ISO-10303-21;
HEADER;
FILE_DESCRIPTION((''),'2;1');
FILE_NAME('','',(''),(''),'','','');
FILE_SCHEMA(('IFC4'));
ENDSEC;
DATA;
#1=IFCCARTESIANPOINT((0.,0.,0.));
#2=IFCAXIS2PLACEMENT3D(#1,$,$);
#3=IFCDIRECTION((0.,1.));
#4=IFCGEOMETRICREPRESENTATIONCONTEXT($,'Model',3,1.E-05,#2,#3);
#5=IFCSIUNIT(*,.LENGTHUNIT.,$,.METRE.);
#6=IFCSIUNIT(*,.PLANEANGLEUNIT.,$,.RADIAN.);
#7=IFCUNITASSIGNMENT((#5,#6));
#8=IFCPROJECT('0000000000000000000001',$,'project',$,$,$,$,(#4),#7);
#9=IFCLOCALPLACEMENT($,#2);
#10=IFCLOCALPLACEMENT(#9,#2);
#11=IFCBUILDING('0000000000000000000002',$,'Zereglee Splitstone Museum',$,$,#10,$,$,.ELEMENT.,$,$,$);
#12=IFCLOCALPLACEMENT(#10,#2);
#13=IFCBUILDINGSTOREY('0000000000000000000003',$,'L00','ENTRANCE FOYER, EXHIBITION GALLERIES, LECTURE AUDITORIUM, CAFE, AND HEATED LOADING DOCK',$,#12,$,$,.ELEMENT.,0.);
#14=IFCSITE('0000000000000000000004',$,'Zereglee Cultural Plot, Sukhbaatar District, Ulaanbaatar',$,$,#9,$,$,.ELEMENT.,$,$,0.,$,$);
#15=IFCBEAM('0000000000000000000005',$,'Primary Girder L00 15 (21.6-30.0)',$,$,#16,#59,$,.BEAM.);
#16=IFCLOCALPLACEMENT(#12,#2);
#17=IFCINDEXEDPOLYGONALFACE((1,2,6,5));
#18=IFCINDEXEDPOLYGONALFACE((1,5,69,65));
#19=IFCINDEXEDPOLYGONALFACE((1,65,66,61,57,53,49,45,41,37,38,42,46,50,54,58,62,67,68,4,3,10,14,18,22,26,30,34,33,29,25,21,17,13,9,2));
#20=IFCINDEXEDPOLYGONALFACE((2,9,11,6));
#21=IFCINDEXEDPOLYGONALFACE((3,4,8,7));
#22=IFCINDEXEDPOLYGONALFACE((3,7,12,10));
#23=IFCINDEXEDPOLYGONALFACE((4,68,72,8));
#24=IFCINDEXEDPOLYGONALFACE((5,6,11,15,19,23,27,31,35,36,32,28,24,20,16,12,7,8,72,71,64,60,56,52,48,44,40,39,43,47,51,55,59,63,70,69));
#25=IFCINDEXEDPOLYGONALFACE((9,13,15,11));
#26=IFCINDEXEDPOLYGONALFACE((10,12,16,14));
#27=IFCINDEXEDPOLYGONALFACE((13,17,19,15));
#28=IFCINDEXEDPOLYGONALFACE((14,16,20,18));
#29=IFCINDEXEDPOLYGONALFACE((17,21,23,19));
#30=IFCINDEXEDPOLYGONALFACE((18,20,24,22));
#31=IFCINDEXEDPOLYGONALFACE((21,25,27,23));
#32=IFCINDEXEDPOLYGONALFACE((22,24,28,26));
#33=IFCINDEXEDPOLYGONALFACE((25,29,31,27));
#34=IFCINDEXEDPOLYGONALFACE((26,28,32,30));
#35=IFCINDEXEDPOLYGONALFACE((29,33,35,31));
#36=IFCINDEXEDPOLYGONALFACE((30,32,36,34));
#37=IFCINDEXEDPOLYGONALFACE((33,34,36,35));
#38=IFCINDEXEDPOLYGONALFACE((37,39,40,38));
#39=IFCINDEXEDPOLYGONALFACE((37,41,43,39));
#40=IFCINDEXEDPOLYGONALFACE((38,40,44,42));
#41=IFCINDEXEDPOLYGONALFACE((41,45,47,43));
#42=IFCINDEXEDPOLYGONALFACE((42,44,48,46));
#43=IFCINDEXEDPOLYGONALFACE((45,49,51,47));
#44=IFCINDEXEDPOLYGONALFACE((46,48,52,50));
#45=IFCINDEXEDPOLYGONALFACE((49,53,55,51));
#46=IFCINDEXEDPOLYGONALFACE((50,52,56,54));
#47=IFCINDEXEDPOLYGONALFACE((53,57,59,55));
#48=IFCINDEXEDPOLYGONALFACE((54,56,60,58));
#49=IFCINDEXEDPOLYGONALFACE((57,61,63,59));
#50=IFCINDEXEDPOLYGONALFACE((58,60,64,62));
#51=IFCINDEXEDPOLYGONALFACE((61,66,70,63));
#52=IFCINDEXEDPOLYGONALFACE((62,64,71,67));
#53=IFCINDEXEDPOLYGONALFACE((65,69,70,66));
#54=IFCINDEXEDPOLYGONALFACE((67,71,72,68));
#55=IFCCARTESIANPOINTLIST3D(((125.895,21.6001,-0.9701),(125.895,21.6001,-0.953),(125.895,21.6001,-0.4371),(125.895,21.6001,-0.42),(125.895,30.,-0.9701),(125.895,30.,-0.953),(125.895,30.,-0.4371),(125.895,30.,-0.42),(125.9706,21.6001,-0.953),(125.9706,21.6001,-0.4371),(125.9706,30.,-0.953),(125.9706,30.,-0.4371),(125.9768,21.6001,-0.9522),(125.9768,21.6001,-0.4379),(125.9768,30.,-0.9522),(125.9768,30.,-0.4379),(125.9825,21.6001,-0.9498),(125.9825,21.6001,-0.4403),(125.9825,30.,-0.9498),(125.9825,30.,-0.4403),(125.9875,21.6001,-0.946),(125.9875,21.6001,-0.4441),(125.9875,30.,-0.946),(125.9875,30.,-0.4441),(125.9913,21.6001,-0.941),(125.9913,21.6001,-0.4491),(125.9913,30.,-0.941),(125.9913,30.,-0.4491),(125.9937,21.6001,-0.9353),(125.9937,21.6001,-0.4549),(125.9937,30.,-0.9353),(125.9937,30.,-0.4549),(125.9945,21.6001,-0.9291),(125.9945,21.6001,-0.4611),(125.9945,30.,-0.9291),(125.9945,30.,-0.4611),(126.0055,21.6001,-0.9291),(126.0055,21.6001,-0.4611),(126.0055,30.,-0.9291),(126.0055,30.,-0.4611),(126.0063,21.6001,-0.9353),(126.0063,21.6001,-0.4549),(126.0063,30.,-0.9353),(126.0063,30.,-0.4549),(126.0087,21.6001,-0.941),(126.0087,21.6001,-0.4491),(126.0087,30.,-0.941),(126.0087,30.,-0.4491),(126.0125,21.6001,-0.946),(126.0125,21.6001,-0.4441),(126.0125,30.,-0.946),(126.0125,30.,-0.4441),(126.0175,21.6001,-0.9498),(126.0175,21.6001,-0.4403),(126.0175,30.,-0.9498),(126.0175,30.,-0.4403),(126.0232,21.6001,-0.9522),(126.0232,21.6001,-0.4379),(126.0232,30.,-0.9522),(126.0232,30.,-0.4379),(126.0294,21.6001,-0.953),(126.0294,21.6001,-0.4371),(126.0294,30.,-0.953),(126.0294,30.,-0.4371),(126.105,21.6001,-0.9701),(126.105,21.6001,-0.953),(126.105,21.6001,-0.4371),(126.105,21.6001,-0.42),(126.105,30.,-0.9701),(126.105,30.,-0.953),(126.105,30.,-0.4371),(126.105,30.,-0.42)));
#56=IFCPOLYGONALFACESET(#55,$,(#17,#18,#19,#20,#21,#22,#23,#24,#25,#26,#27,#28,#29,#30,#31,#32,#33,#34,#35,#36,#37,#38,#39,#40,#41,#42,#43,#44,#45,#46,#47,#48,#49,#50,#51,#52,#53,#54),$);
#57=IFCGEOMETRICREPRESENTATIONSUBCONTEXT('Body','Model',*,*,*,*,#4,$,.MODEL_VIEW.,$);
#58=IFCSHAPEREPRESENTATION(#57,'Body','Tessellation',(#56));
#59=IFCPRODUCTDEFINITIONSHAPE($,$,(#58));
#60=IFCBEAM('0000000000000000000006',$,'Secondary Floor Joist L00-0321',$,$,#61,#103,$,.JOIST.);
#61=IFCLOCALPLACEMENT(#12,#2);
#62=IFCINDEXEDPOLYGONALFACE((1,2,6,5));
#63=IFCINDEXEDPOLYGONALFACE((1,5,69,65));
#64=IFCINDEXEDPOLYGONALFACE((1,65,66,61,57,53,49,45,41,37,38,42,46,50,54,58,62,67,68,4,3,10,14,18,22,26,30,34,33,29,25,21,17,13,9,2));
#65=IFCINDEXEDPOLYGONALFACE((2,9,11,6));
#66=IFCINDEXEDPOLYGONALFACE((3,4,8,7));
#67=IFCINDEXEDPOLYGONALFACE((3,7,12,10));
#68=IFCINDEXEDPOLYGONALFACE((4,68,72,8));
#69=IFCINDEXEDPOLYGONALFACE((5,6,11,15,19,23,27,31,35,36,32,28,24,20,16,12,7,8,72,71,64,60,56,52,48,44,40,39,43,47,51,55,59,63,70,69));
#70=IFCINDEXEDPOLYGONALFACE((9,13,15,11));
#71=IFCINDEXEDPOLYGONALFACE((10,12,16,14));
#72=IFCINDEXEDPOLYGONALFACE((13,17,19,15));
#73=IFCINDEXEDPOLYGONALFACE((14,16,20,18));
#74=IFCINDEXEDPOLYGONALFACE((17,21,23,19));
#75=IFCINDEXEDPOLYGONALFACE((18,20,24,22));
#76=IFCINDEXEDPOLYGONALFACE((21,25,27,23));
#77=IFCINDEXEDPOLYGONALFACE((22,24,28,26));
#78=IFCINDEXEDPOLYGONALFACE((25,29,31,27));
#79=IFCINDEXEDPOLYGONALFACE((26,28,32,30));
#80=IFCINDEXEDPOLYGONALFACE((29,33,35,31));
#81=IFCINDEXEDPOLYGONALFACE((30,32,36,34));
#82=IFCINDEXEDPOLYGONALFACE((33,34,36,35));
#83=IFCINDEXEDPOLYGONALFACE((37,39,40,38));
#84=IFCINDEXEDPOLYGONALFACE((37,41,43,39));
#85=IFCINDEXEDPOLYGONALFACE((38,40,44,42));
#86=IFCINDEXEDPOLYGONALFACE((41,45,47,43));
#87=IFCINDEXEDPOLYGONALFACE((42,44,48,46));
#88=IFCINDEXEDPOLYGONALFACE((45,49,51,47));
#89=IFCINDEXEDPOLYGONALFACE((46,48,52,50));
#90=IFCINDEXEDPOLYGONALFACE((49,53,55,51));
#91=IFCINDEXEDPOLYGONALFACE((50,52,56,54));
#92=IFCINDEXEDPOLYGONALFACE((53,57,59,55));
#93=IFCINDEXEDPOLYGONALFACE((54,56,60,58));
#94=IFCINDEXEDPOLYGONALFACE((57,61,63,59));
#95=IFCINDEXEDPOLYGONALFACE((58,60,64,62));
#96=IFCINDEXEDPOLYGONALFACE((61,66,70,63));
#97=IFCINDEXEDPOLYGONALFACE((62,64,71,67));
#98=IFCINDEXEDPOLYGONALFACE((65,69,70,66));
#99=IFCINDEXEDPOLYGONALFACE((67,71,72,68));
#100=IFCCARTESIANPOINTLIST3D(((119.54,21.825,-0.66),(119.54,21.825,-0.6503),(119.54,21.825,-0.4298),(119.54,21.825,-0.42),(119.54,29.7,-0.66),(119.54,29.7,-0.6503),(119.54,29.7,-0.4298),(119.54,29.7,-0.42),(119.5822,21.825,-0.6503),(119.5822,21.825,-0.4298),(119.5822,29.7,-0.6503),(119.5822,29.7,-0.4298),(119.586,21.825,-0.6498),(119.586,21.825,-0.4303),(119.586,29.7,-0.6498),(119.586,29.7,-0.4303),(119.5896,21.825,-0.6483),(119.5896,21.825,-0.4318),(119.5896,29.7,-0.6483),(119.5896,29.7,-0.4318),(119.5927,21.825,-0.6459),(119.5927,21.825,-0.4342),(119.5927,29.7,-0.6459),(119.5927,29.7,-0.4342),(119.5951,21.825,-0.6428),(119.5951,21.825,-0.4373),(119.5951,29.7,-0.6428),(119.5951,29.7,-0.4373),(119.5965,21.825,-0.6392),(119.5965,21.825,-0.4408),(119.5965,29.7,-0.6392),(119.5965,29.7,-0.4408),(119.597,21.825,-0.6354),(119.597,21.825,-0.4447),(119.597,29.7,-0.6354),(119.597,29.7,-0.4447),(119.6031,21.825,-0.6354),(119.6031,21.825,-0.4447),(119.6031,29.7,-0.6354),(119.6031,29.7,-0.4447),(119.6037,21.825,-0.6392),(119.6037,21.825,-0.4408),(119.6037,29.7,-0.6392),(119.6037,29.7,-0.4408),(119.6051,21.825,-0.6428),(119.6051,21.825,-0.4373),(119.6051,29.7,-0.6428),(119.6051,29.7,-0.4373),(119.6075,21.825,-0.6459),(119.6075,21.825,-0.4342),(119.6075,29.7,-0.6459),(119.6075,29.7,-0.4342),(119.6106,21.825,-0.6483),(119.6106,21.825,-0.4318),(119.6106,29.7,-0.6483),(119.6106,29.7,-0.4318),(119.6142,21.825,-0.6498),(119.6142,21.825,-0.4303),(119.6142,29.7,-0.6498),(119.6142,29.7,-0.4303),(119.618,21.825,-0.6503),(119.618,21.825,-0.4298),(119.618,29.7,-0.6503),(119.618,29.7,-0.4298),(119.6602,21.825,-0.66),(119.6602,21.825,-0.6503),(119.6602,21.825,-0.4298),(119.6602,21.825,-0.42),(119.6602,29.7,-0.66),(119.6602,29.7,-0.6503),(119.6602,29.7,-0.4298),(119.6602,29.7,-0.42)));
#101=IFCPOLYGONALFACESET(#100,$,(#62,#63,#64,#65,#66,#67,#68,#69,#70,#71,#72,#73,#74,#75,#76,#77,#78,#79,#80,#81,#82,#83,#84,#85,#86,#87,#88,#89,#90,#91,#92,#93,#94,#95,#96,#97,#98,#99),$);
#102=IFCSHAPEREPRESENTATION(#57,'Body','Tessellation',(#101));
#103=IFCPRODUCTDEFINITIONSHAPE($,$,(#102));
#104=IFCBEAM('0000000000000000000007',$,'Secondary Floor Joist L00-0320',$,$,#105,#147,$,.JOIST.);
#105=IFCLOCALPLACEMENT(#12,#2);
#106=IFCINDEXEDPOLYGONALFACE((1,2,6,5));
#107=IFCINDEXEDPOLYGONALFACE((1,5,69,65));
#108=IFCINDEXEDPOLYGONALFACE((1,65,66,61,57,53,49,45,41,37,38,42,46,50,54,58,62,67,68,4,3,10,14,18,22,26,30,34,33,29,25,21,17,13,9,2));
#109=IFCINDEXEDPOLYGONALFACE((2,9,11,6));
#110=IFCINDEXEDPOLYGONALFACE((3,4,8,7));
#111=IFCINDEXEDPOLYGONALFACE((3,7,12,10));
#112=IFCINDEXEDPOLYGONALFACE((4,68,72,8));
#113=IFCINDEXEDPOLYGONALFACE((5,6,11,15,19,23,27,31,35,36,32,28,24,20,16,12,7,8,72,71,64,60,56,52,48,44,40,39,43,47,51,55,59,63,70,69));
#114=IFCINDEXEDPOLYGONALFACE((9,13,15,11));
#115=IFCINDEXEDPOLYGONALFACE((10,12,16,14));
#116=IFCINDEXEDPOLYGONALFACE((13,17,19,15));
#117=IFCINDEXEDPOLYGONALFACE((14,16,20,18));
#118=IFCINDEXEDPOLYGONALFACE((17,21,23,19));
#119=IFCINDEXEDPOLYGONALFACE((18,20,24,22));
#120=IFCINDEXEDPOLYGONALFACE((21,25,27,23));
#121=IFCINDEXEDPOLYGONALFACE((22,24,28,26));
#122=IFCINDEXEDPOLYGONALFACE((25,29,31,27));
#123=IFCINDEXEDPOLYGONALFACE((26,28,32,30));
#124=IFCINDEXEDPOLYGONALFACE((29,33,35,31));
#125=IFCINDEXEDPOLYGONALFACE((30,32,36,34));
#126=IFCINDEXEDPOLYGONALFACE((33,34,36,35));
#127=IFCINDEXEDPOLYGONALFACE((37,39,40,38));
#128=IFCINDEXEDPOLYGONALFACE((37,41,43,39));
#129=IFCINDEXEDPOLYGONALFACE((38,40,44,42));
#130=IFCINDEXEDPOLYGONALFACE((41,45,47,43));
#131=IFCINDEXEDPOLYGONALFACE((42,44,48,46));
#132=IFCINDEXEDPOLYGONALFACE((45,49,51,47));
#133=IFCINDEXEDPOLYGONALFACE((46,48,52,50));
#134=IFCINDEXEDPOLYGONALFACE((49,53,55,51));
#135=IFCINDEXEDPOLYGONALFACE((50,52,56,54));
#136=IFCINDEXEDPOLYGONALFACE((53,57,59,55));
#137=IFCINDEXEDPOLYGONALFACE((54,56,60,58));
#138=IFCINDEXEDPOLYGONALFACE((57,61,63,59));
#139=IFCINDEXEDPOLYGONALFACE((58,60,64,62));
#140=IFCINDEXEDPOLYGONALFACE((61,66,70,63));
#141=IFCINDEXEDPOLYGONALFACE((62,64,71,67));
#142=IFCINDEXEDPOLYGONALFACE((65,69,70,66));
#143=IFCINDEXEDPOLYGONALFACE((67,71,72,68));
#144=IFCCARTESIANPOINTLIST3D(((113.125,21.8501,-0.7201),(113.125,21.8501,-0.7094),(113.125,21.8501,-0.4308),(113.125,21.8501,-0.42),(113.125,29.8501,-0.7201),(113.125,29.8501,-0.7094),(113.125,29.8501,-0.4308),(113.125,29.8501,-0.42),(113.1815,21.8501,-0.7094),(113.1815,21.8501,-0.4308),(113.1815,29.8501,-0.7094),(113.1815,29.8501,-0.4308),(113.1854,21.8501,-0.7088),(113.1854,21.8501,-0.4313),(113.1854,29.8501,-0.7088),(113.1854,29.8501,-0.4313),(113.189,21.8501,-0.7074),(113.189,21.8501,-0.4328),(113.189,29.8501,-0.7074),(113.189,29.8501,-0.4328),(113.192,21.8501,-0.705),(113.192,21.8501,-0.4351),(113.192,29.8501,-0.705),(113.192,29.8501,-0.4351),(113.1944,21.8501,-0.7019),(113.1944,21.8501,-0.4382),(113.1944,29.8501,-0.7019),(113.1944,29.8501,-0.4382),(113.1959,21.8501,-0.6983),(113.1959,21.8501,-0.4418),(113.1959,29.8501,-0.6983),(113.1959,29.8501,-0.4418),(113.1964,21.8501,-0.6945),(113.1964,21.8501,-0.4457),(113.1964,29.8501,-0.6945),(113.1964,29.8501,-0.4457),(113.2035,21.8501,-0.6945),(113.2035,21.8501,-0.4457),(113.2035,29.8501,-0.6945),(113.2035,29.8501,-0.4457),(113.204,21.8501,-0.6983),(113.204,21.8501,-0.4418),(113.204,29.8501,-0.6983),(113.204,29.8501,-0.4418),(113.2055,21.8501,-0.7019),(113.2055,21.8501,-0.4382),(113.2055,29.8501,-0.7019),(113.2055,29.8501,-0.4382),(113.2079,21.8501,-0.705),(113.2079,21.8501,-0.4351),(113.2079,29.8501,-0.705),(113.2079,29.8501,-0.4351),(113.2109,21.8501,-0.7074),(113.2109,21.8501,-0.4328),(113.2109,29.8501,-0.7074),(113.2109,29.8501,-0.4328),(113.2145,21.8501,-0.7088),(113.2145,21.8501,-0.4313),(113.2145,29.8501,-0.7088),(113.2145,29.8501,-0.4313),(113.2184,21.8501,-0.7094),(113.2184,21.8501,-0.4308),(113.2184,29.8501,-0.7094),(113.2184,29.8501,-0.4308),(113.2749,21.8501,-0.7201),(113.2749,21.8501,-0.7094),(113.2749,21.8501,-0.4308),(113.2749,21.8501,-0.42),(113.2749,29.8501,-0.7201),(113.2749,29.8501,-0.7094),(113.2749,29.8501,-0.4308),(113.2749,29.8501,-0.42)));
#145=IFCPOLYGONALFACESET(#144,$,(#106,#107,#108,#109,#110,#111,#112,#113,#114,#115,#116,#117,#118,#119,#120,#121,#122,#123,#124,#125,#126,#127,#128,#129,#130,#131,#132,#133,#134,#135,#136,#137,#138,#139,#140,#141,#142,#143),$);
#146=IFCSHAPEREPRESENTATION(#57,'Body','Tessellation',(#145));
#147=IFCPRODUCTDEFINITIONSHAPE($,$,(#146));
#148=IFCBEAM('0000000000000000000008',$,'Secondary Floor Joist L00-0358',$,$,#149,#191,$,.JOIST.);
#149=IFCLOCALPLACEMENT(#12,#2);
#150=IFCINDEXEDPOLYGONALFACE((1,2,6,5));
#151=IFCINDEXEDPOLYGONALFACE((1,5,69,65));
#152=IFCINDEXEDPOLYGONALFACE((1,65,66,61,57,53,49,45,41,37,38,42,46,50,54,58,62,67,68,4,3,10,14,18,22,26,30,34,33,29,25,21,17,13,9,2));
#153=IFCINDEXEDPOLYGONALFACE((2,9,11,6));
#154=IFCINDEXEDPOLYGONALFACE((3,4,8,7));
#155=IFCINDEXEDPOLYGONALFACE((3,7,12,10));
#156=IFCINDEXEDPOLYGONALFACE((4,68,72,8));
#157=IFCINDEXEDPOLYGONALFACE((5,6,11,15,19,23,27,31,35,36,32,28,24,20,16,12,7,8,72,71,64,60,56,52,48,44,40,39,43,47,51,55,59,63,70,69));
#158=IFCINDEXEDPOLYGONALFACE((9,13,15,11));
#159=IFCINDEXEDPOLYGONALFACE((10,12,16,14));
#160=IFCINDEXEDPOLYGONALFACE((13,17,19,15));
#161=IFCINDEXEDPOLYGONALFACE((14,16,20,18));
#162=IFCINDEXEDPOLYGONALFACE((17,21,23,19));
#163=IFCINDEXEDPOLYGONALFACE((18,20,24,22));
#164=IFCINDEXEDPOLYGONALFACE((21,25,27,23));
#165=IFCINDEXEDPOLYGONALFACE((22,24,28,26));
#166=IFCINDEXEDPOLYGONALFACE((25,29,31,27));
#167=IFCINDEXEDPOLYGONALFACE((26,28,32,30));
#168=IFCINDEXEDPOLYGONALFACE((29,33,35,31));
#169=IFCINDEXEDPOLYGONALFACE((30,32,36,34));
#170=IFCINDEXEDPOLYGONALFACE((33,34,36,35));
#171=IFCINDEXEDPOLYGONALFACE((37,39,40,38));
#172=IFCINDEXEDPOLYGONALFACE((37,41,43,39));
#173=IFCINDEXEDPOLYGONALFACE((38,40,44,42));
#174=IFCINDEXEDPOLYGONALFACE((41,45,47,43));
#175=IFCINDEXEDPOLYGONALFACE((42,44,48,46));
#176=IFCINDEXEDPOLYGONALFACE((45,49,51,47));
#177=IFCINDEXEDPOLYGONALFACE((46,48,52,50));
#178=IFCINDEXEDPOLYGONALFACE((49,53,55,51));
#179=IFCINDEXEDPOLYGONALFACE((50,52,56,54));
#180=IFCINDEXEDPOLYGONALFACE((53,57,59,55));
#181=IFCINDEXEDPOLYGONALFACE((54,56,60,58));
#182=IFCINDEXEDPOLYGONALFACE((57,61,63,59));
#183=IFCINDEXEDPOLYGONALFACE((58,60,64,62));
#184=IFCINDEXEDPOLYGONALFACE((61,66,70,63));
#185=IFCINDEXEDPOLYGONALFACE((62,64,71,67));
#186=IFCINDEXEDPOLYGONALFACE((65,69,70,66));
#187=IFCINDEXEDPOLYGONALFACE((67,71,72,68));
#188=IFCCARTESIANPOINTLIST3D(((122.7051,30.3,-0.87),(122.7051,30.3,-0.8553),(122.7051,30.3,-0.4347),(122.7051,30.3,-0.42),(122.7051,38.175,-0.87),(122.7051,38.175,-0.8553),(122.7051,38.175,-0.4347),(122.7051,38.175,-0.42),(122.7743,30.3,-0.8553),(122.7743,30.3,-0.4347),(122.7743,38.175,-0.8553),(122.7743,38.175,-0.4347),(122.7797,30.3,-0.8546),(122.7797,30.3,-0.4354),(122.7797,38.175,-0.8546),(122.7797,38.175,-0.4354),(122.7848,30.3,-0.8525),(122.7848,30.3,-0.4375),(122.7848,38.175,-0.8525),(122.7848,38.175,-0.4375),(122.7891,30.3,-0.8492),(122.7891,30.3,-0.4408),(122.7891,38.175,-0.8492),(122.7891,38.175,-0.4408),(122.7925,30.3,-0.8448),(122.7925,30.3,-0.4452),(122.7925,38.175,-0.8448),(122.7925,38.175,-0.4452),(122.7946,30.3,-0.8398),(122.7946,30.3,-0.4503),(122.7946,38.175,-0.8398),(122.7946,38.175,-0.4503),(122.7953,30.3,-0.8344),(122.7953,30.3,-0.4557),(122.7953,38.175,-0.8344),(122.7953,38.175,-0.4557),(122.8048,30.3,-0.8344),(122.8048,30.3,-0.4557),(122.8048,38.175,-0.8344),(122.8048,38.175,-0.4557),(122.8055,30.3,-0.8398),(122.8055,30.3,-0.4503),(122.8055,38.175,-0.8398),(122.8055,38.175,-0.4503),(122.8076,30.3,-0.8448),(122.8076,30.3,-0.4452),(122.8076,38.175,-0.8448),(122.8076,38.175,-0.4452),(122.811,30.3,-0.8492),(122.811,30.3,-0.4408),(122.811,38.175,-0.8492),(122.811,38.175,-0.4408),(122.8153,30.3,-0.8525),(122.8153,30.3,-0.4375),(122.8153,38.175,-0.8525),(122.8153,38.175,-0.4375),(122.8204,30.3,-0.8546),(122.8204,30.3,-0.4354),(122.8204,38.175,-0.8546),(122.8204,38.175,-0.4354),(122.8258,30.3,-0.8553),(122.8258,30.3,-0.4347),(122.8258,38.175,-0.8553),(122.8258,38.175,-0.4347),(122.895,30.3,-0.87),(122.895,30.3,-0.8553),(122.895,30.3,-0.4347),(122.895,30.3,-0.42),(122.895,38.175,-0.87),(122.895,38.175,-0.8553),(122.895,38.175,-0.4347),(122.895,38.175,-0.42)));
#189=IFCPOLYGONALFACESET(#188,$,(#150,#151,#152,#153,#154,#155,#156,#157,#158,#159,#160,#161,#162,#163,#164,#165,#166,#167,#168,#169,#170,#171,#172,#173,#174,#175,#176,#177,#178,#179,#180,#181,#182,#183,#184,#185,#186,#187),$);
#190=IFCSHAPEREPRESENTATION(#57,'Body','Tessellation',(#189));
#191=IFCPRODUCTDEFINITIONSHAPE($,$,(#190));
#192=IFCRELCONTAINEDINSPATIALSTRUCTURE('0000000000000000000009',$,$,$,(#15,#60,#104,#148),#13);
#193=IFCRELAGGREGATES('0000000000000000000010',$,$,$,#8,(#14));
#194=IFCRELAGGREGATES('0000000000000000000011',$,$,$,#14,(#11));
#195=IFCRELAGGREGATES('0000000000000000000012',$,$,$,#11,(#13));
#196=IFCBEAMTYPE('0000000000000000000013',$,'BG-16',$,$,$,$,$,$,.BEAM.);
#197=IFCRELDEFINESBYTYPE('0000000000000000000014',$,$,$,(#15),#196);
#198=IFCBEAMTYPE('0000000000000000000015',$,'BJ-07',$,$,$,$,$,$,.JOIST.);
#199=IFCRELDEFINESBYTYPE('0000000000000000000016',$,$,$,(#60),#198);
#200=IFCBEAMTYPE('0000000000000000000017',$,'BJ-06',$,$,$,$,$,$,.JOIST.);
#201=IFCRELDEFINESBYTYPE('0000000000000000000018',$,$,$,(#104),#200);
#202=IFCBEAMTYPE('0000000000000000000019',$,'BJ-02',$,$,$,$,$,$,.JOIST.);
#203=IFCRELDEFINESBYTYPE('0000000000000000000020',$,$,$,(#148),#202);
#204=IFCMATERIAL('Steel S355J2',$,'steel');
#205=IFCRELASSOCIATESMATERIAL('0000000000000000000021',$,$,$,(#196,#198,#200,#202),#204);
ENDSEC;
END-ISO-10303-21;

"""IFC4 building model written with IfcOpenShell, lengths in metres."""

from ifc_helpers import new_model, si_unit, direction, frame, origin, origin_2d, place, context, subcontext, project, spatial, i_section, extrude, material, material_profile, profile_set, type_object, element, save


model = new_model("IFC4")

# Units and contexts
model_context = context("Model", 3, precision=1e-05, world=origin(), true_north=direction((0.0, 1.0)))
body_context = subcontext(model_context, "Body", "Model", "MODEL_VIEW")
ifc_project = project(units=[si_unit("LENGTHUNIT", "METRE"), si_unit("PLANEANGLEUNIT", "RADIAN")], contexts=[model_context])

# Site, building, storey
site_placement = place(None, origin())
site = spatial("IfcSite", under=ifc_project, at=site_placement, Name="Zereglee Cultural Plot, Sukhbaatar District, Ulaanbaatar", CompositionType="ELEMENT", RefElevation=0.0)
building_placement = place(site_placement, origin())
building = spatial("IfcBuilding", under=site, at=building_placement, Name="Zereglee Splitstone Museum", CompositionType="ELEMENT")
storey_placement = place(building_placement, origin())
storey = spatial("IfcBuildingStorey", under=building, at=storey_placement, Name="L00", Description="ENTRANCE FOYER, EXHIBITION GALLERIES, LECTURE AUDITORIUM, CAFE, AND HEATED LOADING DOCK", CompositionType="ELEMENT", Elevation=0.0)

# Beams
ifc_material_1 = material(Name="Steel S355J2", Category="steel")
ifc_material_profile_1 = material_profile(ifc_material_1, i_section(OverallWidth=0.21, OverallDepth=0.55, WebThickness=0.011, FlangeThickness=0.0171, FilletRadius=0.0239, at=origin_2d()), Name="IPE 550")
ifc_profile_set_1 = profile_set([ifc_material_profile_1], Name="Steel S355J2")
beam_type_1 = type_object("IfcBeamType", Name="BG-16", PredefinedType="BEAM", material=ifc_profile_set_1)
beam_1_placement = place(storey_placement, frame((126.0, 21.6001, -0.6951), z_axis=(0.0, 1.0, 0.0), x_axis=(-1.0, 0.0, 0.0)))
element("IfcBeam", 1, at=beam_1_placement, inside=storey, type_object=beam_type_1, Name="Primary Girder L00 15 (21.6-30.0)", PredefinedType="BEAM", context=body_context, shape_type="SweptSolid", body=[
    extrude(i_section(OverallWidth=0.21, OverallDepth=0.55, WebThickness=0.011, FlangeThickness=0.0171, FilletRadius=0.0239, at=origin_2d()), origin(), (0.0, 0.0, 1.0), 8.3999),
])
ifc_material_profile_2 = material_profile(ifc_material_1, i_section(OverallWidth=0.1201, OverallDepth=0.24, WebThickness=0.0061, FlangeThickness=0.0098, FilletRadius=0.0149, at=origin_2d()), Name="IPE 240")
ifc_profile_set_2 = profile_set([ifc_material_profile_2], Name="Steel S355J2")
beam_type_2 = type_object("IfcBeamType", Name="BJ-07", PredefinedType="JOIST", material=ifc_profile_set_2)
beam_2_placement = place(storey_placement, frame((119.6001, 21.825, -0.54), z_axis=(0.0, 1.0, 0.0), x_axis=(-1.0, 0.0, 0.0)))
element("IfcBeam", 2, at=beam_2_placement, inside=storey, type_object=beam_type_2, Name="Secondary Floor Joist L00-0321", PredefinedType="JOIST", context=body_context, shape_type="SweptSolid", body=[
    extrude(i_section(OverallWidth=0.1201, OverallDepth=0.24, WebThickness=0.0061, FlangeThickness=0.0098, FilletRadius=0.0149, at=origin_2d()), origin(), (0.0, 0.0, 1.0), 7.875),
])
ifc_material_profile_3 = material_profile(ifc_material_1, i_section(OverallWidth=0.1499, OverallDepth=0.3, WebThickness=0.0071, FlangeThickness=0.0107, FilletRadius=0.0149, at=origin_2d()), Name="IPE 300")
ifc_profile_set_3 = profile_set([ifc_material_profile_3], Name="Steel S355J2")
beam_type_3 = type_object("IfcBeamType", Name="BJ-06", PredefinedType="JOIST", material=ifc_profile_set_3)
beam_3_placement = place(storey_placement, frame((113.2, 21.8501, -0.5701), z_axis=(0.0, 1.0, 0.0), x_axis=(-1.0, 0.0, 0.0)))
element("IfcBeam", 3, at=beam_3_placement, inside=storey, type_object=beam_type_3, Name="Secondary Floor Joist L00-0320", PredefinedType="JOIST", context=body_context, shape_type="SweptSolid", body=[
    extrude(i_section(OverallWidth=0.1499, OverallDepth=0.3, WebThickness=0.0071, FlangeThickness=0.0107, FilletRadius=0.0149, at=origin_2d()), origin(), (0.0, 0.0, 1.0), 8.0),
])
ifc_material_profile_4 = material_profile(ifc_material_1, i_section(OverallWidth=0.1899, OverallDepth=0.45, WebThickness=0.0095, FlangeThickness=0.0146, FilletRadius=0.021, at=origin_2d()), Name="IPE 450")
ifc_profile_set_4 = profile_set([ifc_material_profile_4], Name="Steel S355J2")
beam_type_4 = type_object("IfcBeamType", Name="BJ-02", PredefinedType="JOIST", material=ifc_profile_set_4)
beam_4_placement = place(storey_placement, frame((122.8, 30.3, -0.645), z_axis=(0.0, 1.0, 0.0), x_axis=(-1.0, 0.0, 0.0)))
element("IfcBeam", 4, at=beam_4_placement, inside=storey, type_object=beam_type_4, Name="Secondary Floor Joist L00-0358", PredefinedType="JOIST", context=body_context, shape_type="SweptSolid", body=[
    extrude(i_section(OverallWidth=0.1899, OverallDepth=0.45, WebThickness=0.0095, FlangeThickness=0.0146, FilletRadius=0.021, at=origin_2d()), origin(), (0.0, 0.0, 1.0), 7.875),
])

save(model, "model.ifc")
